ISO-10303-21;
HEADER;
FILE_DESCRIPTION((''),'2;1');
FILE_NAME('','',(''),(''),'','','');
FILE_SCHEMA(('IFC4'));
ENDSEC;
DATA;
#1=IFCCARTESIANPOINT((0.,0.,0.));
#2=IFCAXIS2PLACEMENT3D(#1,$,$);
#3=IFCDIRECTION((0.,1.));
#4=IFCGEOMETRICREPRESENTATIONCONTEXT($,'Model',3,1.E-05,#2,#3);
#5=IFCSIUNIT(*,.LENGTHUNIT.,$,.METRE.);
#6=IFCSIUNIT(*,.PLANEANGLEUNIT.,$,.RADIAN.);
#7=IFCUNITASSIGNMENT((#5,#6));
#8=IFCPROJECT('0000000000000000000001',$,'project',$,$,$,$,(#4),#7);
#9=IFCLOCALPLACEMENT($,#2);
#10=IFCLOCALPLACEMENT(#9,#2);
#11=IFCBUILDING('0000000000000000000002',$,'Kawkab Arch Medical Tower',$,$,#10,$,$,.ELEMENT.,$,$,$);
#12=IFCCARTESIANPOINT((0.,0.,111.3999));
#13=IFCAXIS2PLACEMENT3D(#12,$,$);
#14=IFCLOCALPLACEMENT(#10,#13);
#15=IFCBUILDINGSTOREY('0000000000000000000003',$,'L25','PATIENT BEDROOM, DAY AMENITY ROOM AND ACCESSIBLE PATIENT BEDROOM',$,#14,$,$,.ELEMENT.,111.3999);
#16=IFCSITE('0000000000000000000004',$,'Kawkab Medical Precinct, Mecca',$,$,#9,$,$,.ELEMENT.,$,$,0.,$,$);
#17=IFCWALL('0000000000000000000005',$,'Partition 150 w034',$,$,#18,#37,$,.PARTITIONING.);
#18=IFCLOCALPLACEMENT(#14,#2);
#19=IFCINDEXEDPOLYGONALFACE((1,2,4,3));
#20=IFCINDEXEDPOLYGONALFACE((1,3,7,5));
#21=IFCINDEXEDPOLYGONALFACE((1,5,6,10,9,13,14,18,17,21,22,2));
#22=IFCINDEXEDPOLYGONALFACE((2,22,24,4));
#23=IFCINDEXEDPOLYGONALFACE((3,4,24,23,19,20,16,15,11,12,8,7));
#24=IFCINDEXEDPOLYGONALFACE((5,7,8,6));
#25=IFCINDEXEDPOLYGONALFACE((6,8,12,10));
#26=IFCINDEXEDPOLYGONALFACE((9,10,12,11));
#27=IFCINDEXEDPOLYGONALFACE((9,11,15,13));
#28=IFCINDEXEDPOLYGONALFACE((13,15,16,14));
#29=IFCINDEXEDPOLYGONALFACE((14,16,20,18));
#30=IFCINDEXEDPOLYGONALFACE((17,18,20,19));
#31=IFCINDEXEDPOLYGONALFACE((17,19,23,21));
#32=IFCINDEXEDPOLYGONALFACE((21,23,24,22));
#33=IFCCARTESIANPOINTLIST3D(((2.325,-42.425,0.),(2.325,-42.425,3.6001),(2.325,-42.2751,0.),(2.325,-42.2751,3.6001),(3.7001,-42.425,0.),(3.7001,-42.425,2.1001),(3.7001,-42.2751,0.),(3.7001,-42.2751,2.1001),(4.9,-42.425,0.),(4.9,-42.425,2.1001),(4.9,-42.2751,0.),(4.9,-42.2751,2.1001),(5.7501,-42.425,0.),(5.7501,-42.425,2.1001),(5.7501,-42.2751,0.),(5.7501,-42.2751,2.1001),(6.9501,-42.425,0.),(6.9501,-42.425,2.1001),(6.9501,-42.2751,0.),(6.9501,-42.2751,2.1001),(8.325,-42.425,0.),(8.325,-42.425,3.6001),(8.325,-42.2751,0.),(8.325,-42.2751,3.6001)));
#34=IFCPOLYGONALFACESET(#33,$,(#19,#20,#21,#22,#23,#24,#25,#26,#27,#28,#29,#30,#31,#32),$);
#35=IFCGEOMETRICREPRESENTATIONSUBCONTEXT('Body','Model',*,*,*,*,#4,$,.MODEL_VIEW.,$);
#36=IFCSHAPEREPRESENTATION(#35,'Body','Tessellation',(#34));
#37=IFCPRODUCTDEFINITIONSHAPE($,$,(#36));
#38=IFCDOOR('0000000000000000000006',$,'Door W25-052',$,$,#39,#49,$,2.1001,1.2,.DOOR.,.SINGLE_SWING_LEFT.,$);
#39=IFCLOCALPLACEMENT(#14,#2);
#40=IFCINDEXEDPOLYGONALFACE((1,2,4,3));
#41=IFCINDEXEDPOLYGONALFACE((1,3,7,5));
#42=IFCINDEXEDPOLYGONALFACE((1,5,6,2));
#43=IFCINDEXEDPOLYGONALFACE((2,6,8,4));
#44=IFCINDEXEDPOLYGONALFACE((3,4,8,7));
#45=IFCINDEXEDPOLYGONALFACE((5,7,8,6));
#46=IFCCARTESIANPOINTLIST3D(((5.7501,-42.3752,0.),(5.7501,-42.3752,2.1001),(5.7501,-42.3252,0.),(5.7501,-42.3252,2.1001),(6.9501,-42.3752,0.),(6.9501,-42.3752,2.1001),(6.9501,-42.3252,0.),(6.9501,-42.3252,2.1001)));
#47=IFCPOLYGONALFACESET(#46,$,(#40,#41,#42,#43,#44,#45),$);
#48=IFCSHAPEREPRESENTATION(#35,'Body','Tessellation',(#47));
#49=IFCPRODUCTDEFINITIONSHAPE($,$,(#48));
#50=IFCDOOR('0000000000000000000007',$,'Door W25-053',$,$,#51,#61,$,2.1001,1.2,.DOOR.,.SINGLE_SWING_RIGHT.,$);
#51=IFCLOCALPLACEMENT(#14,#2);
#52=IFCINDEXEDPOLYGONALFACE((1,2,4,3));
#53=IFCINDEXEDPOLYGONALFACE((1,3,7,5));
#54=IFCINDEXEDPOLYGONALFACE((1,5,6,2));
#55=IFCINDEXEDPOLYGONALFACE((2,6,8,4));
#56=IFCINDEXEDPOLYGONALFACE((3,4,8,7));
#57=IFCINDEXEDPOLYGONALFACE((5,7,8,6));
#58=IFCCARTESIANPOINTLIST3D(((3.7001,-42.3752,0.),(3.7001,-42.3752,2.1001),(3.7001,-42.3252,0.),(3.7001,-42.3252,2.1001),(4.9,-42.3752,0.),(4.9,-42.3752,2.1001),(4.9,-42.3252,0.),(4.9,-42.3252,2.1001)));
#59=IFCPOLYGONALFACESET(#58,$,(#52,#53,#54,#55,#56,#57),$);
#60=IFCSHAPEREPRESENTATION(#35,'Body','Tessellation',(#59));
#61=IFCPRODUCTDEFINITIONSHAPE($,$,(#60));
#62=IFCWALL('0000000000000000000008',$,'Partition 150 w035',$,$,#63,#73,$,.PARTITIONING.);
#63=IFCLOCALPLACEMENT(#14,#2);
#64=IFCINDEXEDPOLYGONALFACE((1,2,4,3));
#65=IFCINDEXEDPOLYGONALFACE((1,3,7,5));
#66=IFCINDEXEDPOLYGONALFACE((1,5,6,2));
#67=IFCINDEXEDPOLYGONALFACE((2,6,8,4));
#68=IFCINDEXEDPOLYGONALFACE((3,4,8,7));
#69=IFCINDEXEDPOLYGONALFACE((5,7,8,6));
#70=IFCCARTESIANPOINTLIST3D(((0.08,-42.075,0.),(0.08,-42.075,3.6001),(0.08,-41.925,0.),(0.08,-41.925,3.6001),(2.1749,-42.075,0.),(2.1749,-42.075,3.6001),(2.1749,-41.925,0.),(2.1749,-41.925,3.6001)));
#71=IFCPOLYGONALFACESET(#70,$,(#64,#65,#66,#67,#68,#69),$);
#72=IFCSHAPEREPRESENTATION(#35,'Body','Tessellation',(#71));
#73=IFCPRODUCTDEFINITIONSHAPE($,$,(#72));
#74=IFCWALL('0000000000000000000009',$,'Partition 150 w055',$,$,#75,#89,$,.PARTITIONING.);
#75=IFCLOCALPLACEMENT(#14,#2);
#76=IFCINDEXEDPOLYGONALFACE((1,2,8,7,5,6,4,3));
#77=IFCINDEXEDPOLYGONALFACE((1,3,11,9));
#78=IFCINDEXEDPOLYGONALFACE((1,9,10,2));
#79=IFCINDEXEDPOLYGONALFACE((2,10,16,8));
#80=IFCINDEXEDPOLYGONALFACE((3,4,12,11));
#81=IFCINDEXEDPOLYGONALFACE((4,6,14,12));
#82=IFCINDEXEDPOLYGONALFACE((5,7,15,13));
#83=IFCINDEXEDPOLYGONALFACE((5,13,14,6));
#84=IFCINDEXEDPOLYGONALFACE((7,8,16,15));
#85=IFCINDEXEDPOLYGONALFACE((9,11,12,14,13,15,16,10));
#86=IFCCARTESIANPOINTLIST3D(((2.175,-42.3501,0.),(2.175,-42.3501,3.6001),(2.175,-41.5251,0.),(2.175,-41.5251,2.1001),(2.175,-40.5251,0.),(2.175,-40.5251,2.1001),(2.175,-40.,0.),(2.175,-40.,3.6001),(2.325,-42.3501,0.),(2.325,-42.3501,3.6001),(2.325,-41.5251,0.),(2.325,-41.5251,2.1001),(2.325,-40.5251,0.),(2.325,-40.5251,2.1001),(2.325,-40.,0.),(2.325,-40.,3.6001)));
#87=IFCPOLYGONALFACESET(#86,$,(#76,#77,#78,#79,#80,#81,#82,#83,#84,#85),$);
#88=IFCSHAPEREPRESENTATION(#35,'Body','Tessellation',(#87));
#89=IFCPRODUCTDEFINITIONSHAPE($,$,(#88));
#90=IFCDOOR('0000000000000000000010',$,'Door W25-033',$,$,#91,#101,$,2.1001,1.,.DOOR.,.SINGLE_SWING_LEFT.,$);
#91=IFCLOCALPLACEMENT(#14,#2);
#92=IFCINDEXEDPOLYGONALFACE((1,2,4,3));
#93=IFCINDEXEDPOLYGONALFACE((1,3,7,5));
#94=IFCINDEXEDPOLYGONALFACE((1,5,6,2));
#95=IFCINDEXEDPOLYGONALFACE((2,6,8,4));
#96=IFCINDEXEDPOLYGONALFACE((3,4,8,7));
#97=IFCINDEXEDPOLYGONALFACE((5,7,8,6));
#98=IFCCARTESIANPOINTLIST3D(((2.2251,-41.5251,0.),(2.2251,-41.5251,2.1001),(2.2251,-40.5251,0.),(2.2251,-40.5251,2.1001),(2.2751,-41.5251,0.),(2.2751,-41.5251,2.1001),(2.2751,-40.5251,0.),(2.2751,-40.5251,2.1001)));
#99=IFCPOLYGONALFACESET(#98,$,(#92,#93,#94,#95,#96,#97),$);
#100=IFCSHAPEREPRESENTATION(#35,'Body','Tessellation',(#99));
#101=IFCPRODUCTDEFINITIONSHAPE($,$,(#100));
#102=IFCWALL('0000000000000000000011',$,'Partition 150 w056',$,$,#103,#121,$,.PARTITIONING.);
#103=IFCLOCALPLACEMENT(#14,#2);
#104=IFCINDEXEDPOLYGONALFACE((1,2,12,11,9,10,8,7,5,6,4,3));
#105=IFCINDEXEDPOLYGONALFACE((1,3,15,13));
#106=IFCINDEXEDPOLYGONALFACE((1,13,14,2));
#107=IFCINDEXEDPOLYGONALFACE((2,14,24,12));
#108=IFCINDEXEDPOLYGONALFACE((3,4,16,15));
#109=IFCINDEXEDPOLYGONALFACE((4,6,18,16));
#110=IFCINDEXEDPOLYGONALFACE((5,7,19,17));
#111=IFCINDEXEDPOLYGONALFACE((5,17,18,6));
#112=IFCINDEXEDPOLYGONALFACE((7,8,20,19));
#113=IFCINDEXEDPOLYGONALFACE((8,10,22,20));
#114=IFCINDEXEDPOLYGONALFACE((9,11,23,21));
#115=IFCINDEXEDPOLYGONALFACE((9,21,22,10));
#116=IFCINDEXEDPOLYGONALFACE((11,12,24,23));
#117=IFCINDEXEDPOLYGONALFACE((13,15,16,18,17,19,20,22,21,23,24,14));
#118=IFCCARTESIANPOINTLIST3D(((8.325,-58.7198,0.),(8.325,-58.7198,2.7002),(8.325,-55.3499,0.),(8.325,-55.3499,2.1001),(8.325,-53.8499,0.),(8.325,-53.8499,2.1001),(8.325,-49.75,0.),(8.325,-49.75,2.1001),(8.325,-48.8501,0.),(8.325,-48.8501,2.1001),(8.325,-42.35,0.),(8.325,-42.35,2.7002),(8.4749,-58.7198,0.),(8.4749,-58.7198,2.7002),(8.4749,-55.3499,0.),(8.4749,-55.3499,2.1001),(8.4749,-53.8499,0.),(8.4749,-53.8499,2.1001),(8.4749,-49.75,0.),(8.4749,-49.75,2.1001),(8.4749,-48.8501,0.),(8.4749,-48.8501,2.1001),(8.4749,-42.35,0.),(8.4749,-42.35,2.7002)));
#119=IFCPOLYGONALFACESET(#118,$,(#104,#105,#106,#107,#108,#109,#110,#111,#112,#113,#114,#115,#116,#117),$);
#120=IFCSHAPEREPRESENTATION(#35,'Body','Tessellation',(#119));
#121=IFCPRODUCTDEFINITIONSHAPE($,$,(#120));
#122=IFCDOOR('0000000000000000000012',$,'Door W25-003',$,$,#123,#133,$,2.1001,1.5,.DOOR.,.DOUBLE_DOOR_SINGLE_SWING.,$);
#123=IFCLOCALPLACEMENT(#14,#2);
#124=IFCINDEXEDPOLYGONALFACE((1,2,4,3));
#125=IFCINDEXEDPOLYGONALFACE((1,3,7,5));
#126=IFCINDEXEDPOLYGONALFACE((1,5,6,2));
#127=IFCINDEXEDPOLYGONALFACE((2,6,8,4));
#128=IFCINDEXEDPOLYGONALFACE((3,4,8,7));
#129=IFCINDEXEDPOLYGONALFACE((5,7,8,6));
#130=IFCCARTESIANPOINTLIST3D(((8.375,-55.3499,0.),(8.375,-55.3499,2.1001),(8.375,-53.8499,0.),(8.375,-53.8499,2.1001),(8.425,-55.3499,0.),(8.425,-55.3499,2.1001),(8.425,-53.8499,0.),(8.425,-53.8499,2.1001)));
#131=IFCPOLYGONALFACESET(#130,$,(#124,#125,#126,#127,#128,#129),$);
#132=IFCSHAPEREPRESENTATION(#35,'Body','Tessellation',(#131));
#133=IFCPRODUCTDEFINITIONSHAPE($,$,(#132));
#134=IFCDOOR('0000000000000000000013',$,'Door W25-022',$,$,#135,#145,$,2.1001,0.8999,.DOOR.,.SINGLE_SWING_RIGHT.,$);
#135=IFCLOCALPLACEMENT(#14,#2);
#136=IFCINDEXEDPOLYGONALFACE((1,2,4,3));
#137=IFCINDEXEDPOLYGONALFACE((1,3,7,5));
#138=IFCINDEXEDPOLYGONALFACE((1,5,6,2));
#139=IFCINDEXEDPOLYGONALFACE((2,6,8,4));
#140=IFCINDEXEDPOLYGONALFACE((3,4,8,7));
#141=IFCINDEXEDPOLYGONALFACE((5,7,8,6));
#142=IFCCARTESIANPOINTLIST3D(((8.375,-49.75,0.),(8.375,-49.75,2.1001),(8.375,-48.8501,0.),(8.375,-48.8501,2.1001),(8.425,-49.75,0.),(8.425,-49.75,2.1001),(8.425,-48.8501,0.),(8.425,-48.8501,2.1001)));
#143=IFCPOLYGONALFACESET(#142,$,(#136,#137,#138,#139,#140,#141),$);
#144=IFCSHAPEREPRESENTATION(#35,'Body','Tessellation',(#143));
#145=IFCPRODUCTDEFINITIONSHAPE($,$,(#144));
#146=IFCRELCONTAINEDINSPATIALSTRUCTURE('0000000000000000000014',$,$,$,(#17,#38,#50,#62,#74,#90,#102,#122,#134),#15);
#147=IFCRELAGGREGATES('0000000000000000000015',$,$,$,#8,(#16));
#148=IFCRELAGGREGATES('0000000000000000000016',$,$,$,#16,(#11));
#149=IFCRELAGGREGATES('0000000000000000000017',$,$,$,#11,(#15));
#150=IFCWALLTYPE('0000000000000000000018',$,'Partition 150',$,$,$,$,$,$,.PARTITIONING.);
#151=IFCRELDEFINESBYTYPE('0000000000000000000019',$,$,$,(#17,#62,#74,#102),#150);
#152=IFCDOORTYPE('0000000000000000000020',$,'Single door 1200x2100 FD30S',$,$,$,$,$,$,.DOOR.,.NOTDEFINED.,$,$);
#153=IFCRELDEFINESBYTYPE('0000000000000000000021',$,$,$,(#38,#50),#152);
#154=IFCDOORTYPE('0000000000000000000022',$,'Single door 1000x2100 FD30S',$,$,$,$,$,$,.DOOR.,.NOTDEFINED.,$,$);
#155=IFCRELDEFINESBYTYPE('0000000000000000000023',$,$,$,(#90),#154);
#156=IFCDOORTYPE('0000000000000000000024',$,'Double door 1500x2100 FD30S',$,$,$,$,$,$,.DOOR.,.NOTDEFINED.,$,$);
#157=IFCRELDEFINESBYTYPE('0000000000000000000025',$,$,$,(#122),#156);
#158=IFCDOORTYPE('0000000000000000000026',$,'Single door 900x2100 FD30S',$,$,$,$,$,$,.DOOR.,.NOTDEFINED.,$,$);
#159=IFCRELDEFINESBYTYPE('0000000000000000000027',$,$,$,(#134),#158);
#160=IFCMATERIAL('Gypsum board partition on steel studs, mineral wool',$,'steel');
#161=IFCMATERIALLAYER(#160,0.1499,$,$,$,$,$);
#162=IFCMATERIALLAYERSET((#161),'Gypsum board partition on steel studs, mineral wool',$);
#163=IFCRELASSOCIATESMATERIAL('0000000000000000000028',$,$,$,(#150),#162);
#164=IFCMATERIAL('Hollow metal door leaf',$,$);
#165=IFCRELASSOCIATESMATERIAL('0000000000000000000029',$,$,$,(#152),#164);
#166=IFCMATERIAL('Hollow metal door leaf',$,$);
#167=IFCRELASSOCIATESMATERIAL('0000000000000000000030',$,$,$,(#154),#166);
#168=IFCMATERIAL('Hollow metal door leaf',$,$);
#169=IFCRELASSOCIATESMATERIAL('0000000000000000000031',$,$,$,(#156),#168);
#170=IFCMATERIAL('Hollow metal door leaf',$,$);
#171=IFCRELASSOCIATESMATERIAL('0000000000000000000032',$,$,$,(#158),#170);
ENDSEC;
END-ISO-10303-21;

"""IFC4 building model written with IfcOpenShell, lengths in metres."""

from ifc_helpers import new_model, si_unit, direction, frame, frame_2d, origin, place, context, subcontext, project, spatial, rectangle, extrude, material, layer, layer_set, type_object, element, fill, save


model = new_model("IFC4")

# Units and contexts
model_context = context("Model", 3, precision=1e-05, world=origin(), true_north=direction((0.0, 1.0)))
body_context = subcontext(model_context, "Body", "Model", "MODEL_VIEW")
ifc_project = project(units=[si_unit("LENGTHUNIT", "METRE"), si_unit("PLANEANGLEUNIT", "RADIAN")], contexts=[model_context])

# Site, building, storey
site_placement = place(None, origin())
site = spatial("IfcSite", under=ifc_project, at=site_placement, Name="Kawkab Medical Precinct, Mecca", CompositionType="ELEMENT", RefElevation=0.0)
building_placement = place(site_placement, origin())
building = spatial("IfcBuilding", under=site, at=building_placement, Name="Kawkab Arch Medical Tower", CompositionType="ELEMENT")
storey_placement = place(building_placement, frame((0.0, 0.0, 111.3999)))
storey = spatial("IfcBuildingStorey", under=building, at=storey_placement, Name="L25", Description="PATIENT BEDROOM, DAY AMENITY ROOM AND ACCESSIBLE PATIENT BEDROOM", CompositionType="ELEMENT", Elevation=111.3999)

# Shared definitions
ifc_material_1 = material(Name="Gypsum board partition on steel studs, mineral wool", Category="steel")
ifc_layer_1 = layer(ifc_material_1, 0.1499)
ifc_layer_set_1 = layer_set([ifc_layer_1], Name="Gypsum board partition on steel studs, mineral wool")
wall_type_1 = type_object("IfcWallType", Name="Partition 150", PredefinedType="PARTITIONING", material=ifc_layer_set_1)

# Wall, openings, doors
wall_1_placement = place(storey_placement, frame((2.325, -42.3501, 0.0), z_axis=(0.0, 0.0, 1.0), x_axis=(1.0, 0.0, 0.0)))
wall_1 = element("IfcWall", 1, at=wall_1_placement, inside=storey, type_object=wall_type_1, Name="Partition 150 w034", PredefinedType="PARTITIONING", context=body_context, shape_type="SweptSolid", body=[
    extrude(rectangle(XDim=6.0, YDim=0.1499, at=frame_2d((3.0, 0.0))), origin(), (0.0, 0.0, 1.0), 3.6001),
])
opening_1_placement = place(wall_1_placement, frame((3.425, 0.0, 0.0)))
opening_1 = element("IfcOpeningElement", 2, at=opening_1_placement, cuts=wall_1, PredefinedType="OPENING", context=body_context, shape_type="SweptSolid", body=[
    extrude(rectangle(XDim=1.2, YDim=2.1001, at=frame_2d((0.6001, 1.05))), frame((0.0, 0.085, 0.0), z_axis=(0.0, -1.0, 0.0), x_axis=(1.0, 0.0, 0.0)), (0.0, 0.0, 1.0), 0.1699),
])
opening_2_placement = place(wall_1_placement, frame((1.375, 0.0, 0.0)))
opening_2 = element("IfcOpeningElement", 3, at=opening_2_placement, cuts=wall_1, PredefinedType="OPENING", context=body_context, shape_type="SweptSolid", body=[
    extrude(rectangle(XDim=1.2, YDim=2.1001, at=frame_2d((0.6001, 1.05))), frame((0.0, 0.085, 0.0), z_axis=(0.0, -1.0, 0.0), x_axis=(1.0, 0.0, 0.0)), (0.0, 0.0, 1.0), 0.1699),
])
ifc_material_2 = material(Name="Hollow metal door leaf")
door_type_1 = type_object("IfcDoorType", Name="Single door 1200x2100 FD30S", OperationType="NOTDEFINED", PredefinedType="DOOR", material=ifc_material_2)
door_1_placement = place(opening_1_placement, origin())
door_1 = element("IfcDoor", 4, at=door_1_placement, inside=storey, type_object=door_type_1, Name="Door W25-052", OperationType="SINGLE_SWING_LEFT", OverallHeight=2.1001, OverallWidth=1.2, PredefinedType="DOOR", context=body_context, shape_type="SweptSolid", body=[
    extrude(rectangle(XDim=1.2, YDim=2.1001, at=frame_2d((0.6001, 1.05))), frame((0.0, 0.0249, 0.0), z_axis=(0.0, -1.0, 0.0), x_axis=(1.0, 0.0, 0.0)), (0.0, 0.0, 1.0), 0.05),
])
fill(opening_1, door_1)
door_2_placement = place(opening_2_placement, origin())
door_2 = element("IfcDoor", 5, at=door_2_placement, inside=storey, type_object=door_type_1, Name="Door W25-053", OperationType="SINGLE_SWING_RIGHT", OverallHeight=2.1001, OverallWidth=1.2, PredefinedType="DOOR", context=body_context, shape_type="SweptSolid", body=[
    extrude(rectangle(XDim=1.2, YDim=2.1001, at=frame_2d((0.6001, 1.05))), frame((0.0, 0.0249, 0.0), z_axis=(0.0, -1.0, 0.0), x_axis=(1.0, 0.0, 0.0)), (0.0, 0.0, 1.0), 0.05),
])
fill(opening_2, door_2)

# Wall
wall_2_placement = place(storey_placement, frame((0.0801, -42.0, 0.0), z_axis=(0.0, 0.0, 1.0), x_axis=(1.0, 0.0, 0.0)))
element("IfcWall", 6, at=wall_2_placement, inside=storey, type_object=wall_type_1, Name="Partition 150 w035", PredefinedType="PARTITIONING", context=body_context, shape_type="SweptSolid", body=[
    extrude(rectangle(XDim=2.095, YDim=0.1499, at=frame_2d((1.0474, 0.0))), origin(), (0.0, 0.0, 1.0), 3.6001),
])

# Wall, opening, door
wall_3_placement = place(storey_placement, frame((2.25, -42.3501, 0.0), z_axis=(0.0, 0.0, 1.0), x_axis=(0.0, 1.0, 0.0)))
wall_3 = element("IfcWall", 7, at=wall_3_placement, inside=storey, type_object=wall_type_1, Name="Partition 150 w055", PredefinedType="PARTITIONING", context=body_context, shape_type="SweptSolid", body=[
    extrude(rectangle(XDim=2.3501, YDim=0.1499, at=frame_2d((1.175, 0.0))), origin(), (0.0, 0.0, 1.0), 3.6001),
])
opening_3_placement = place(wall_3_placement, frame((0.825, 0.0, 0.0)))
opening_3 = element("IfcOpeningElement", 8, at=opening_3_placement, cuts=wall_3, PredefinedType="OPENING", context=body_context, shape_type="SweptSolid", body=[
    extrude(rectangle(XDim=1.0, YDim=2.1001, at=frame_2d((0.5, 1.05))), frame((0.0, 0.085, 0.0), z_axis=(0.0, -1.0, 0.0), x_axis=(1.0, 0.0, 0.0)), (0.0, 0.0, 1.0), 0.1699),
])
ifc_material_3 = material(Name="Hollow metal door leaf")
door_type_2 = type_object("IfcDoorType", Name="Single door 1000x2100 FD30S", OperationType="NOTDEFINED", PredefinedType="DOOR", material=ifc_material_3)
door_3_placement = place(opening_3_placement, origin())
door_3 = element("IfcDoor", 9, at=door_3_placement, inside=storey, type_object=door_type_2, Name="Door W25-033", OperationType="SINGLE_SWING_LEFT", OverallHeight=2.1001, OverallWidth=1.0, PredefinedType="DOOR", context=body_context, shape_type="SweptSolid", body=[
    extrude(rectangle(XDim=1.0, YDim=2.1001, at=frame_2d((0.5, 1.05))), frame((0.0, 0.0249, 0.0), z_axis=(0.0, -1.0, 0.0), x_axis=(1.0, 0.0, 0.0)), (0.0, 0.0, 1.0), 0.05),
])
fill(opening_3, door_3)

# Wall, openings, doors
wall_4_placement = place(storey_placement, frame((8.3999, -58.72, 0.0), z_axis=(0.0, 0.0, 1.0), x_axis=(0.0, 1.0, 0.0)))
wall_4 = element("IfcWall", 10, at=wall_4_placement, inside=storey, type_object=wall_type_1, Name="Partition 150 w056", PredefinedType="PARTITIONING", context=body_context, shape_type="SweptSolid", body=[
    extrude(rectangle(XDim=16.3699, YDim=0.1499, at=frame_2d((8.1851, 0.0))), origin(), (0.0, 0.0, 1.0), 2.7002),
])
opening_4_placement = place(wall_4_placement, frame((8.97, 0.0, 0.0)))
opening_4 = element("IfcOpeningElement", 11, at=opening_4_placement, cuts=wall_4, PredefinedType="OPENING", context=body_context, shape_type="SweptSolid", body=[
    extrude(rectangle(XDim=0.8999, YDim=2.1001, at=frame_2d((0.45, 1.05))), frame((0.0, 0.085, 0.0), z_axis=(0.0, -1.0, 0.0), x_axis=(1.0, 0.0, 0.0)), (0.0, 0.0, 1.0), 0.1699),
])
opening_5_placement = place(wall_4_placement, frame((3.3701, 0.0, 0.0)))
opening_5 = element("IfcOpeningElement", 12, at=opening_5_placement, cuts=wall_4, PredefinedType="OPENING", context=body_context, shape_type="SweptSolid", body=[
    extrude(rectangle(XDim=1.5, YDim=2.1001, at=frame_2d((0.75, 1.05))), frame((0.0, 0.085, 0.0), z_axis=(0.0, -1.0, 0.0), x_axis=(1.0, 0.0, 0.0)), (0.0, 0.0, 1.0), 0.1699),
])
ifc_material_4 = material(Name="Hollow metal door leaf")
door_type_3 = type_object("IfcDoorType", Name="Double door 1500x2100 FD30S", OperationType="NOTDEFINED", PredefinedType="DOOR", material=ifc_material_4)
door_4_placement = place(opening_5_placement, origin())
door_4 = element("IfcDoor", 13, at=door_4_placement, inside=storey, type_object=door_type_3, Name="Door W25-003", OperationType="DOUBLE_DOOR_SINGLE_SWING", OverallHeight=2.1001, OverallWidth=1.5, PredefinedType="DOOR", context=body_context, shape_type="SweptSolid", body=[
    extrude(rectangle(XDim=1.5, YDim=2.1001, at=frame_2d((0.75, 1.05))), frame((0.0, 0.0249, 0.0), z_axis=(0.0, -1.0, 0.0), x_axis=(1.0, 0.0, 0.0)), (0.0, 0.0, 1.0), 0.05),
])
fill(opening_5, door_4)
ifc_material_5 = material(Name="Hollow metal door leaf")
door_type_4 = type_object("IfcDoorType", Name="Single door 900x2100 FD30S", OperationType="NOTDEFINED", PredefinedType="DOOR", material=ifc_material_5)
door_5_placement = place(opening_4_placement, origin())
door_5 = element("IfcDoor", 14, at=door_5_placement, inside=storey, type_object=door_type_4, Name="Door W25-022", OperationType="SINGLE_SWING_RIGHT", OverallHeight=2.1001, OverallWidth=0.8999, PredefinedType="DOOR", context=body_context, shape_type="SweptSolid", body=[
    extrude(rectangle(XDim=0.8999, YDim=2.1001, at=frame_2d((0.45, 1.05))), frame((0.0, 0.0249, 0.0), z_axis=(0.0, -1.0, 0.0), x_axis=(1.0, 0.0, 0.0)), (0.0, 0.0, 1.0), 0.05),
])
fill(opening_4, door_5)

save(model, "model.ifc")
